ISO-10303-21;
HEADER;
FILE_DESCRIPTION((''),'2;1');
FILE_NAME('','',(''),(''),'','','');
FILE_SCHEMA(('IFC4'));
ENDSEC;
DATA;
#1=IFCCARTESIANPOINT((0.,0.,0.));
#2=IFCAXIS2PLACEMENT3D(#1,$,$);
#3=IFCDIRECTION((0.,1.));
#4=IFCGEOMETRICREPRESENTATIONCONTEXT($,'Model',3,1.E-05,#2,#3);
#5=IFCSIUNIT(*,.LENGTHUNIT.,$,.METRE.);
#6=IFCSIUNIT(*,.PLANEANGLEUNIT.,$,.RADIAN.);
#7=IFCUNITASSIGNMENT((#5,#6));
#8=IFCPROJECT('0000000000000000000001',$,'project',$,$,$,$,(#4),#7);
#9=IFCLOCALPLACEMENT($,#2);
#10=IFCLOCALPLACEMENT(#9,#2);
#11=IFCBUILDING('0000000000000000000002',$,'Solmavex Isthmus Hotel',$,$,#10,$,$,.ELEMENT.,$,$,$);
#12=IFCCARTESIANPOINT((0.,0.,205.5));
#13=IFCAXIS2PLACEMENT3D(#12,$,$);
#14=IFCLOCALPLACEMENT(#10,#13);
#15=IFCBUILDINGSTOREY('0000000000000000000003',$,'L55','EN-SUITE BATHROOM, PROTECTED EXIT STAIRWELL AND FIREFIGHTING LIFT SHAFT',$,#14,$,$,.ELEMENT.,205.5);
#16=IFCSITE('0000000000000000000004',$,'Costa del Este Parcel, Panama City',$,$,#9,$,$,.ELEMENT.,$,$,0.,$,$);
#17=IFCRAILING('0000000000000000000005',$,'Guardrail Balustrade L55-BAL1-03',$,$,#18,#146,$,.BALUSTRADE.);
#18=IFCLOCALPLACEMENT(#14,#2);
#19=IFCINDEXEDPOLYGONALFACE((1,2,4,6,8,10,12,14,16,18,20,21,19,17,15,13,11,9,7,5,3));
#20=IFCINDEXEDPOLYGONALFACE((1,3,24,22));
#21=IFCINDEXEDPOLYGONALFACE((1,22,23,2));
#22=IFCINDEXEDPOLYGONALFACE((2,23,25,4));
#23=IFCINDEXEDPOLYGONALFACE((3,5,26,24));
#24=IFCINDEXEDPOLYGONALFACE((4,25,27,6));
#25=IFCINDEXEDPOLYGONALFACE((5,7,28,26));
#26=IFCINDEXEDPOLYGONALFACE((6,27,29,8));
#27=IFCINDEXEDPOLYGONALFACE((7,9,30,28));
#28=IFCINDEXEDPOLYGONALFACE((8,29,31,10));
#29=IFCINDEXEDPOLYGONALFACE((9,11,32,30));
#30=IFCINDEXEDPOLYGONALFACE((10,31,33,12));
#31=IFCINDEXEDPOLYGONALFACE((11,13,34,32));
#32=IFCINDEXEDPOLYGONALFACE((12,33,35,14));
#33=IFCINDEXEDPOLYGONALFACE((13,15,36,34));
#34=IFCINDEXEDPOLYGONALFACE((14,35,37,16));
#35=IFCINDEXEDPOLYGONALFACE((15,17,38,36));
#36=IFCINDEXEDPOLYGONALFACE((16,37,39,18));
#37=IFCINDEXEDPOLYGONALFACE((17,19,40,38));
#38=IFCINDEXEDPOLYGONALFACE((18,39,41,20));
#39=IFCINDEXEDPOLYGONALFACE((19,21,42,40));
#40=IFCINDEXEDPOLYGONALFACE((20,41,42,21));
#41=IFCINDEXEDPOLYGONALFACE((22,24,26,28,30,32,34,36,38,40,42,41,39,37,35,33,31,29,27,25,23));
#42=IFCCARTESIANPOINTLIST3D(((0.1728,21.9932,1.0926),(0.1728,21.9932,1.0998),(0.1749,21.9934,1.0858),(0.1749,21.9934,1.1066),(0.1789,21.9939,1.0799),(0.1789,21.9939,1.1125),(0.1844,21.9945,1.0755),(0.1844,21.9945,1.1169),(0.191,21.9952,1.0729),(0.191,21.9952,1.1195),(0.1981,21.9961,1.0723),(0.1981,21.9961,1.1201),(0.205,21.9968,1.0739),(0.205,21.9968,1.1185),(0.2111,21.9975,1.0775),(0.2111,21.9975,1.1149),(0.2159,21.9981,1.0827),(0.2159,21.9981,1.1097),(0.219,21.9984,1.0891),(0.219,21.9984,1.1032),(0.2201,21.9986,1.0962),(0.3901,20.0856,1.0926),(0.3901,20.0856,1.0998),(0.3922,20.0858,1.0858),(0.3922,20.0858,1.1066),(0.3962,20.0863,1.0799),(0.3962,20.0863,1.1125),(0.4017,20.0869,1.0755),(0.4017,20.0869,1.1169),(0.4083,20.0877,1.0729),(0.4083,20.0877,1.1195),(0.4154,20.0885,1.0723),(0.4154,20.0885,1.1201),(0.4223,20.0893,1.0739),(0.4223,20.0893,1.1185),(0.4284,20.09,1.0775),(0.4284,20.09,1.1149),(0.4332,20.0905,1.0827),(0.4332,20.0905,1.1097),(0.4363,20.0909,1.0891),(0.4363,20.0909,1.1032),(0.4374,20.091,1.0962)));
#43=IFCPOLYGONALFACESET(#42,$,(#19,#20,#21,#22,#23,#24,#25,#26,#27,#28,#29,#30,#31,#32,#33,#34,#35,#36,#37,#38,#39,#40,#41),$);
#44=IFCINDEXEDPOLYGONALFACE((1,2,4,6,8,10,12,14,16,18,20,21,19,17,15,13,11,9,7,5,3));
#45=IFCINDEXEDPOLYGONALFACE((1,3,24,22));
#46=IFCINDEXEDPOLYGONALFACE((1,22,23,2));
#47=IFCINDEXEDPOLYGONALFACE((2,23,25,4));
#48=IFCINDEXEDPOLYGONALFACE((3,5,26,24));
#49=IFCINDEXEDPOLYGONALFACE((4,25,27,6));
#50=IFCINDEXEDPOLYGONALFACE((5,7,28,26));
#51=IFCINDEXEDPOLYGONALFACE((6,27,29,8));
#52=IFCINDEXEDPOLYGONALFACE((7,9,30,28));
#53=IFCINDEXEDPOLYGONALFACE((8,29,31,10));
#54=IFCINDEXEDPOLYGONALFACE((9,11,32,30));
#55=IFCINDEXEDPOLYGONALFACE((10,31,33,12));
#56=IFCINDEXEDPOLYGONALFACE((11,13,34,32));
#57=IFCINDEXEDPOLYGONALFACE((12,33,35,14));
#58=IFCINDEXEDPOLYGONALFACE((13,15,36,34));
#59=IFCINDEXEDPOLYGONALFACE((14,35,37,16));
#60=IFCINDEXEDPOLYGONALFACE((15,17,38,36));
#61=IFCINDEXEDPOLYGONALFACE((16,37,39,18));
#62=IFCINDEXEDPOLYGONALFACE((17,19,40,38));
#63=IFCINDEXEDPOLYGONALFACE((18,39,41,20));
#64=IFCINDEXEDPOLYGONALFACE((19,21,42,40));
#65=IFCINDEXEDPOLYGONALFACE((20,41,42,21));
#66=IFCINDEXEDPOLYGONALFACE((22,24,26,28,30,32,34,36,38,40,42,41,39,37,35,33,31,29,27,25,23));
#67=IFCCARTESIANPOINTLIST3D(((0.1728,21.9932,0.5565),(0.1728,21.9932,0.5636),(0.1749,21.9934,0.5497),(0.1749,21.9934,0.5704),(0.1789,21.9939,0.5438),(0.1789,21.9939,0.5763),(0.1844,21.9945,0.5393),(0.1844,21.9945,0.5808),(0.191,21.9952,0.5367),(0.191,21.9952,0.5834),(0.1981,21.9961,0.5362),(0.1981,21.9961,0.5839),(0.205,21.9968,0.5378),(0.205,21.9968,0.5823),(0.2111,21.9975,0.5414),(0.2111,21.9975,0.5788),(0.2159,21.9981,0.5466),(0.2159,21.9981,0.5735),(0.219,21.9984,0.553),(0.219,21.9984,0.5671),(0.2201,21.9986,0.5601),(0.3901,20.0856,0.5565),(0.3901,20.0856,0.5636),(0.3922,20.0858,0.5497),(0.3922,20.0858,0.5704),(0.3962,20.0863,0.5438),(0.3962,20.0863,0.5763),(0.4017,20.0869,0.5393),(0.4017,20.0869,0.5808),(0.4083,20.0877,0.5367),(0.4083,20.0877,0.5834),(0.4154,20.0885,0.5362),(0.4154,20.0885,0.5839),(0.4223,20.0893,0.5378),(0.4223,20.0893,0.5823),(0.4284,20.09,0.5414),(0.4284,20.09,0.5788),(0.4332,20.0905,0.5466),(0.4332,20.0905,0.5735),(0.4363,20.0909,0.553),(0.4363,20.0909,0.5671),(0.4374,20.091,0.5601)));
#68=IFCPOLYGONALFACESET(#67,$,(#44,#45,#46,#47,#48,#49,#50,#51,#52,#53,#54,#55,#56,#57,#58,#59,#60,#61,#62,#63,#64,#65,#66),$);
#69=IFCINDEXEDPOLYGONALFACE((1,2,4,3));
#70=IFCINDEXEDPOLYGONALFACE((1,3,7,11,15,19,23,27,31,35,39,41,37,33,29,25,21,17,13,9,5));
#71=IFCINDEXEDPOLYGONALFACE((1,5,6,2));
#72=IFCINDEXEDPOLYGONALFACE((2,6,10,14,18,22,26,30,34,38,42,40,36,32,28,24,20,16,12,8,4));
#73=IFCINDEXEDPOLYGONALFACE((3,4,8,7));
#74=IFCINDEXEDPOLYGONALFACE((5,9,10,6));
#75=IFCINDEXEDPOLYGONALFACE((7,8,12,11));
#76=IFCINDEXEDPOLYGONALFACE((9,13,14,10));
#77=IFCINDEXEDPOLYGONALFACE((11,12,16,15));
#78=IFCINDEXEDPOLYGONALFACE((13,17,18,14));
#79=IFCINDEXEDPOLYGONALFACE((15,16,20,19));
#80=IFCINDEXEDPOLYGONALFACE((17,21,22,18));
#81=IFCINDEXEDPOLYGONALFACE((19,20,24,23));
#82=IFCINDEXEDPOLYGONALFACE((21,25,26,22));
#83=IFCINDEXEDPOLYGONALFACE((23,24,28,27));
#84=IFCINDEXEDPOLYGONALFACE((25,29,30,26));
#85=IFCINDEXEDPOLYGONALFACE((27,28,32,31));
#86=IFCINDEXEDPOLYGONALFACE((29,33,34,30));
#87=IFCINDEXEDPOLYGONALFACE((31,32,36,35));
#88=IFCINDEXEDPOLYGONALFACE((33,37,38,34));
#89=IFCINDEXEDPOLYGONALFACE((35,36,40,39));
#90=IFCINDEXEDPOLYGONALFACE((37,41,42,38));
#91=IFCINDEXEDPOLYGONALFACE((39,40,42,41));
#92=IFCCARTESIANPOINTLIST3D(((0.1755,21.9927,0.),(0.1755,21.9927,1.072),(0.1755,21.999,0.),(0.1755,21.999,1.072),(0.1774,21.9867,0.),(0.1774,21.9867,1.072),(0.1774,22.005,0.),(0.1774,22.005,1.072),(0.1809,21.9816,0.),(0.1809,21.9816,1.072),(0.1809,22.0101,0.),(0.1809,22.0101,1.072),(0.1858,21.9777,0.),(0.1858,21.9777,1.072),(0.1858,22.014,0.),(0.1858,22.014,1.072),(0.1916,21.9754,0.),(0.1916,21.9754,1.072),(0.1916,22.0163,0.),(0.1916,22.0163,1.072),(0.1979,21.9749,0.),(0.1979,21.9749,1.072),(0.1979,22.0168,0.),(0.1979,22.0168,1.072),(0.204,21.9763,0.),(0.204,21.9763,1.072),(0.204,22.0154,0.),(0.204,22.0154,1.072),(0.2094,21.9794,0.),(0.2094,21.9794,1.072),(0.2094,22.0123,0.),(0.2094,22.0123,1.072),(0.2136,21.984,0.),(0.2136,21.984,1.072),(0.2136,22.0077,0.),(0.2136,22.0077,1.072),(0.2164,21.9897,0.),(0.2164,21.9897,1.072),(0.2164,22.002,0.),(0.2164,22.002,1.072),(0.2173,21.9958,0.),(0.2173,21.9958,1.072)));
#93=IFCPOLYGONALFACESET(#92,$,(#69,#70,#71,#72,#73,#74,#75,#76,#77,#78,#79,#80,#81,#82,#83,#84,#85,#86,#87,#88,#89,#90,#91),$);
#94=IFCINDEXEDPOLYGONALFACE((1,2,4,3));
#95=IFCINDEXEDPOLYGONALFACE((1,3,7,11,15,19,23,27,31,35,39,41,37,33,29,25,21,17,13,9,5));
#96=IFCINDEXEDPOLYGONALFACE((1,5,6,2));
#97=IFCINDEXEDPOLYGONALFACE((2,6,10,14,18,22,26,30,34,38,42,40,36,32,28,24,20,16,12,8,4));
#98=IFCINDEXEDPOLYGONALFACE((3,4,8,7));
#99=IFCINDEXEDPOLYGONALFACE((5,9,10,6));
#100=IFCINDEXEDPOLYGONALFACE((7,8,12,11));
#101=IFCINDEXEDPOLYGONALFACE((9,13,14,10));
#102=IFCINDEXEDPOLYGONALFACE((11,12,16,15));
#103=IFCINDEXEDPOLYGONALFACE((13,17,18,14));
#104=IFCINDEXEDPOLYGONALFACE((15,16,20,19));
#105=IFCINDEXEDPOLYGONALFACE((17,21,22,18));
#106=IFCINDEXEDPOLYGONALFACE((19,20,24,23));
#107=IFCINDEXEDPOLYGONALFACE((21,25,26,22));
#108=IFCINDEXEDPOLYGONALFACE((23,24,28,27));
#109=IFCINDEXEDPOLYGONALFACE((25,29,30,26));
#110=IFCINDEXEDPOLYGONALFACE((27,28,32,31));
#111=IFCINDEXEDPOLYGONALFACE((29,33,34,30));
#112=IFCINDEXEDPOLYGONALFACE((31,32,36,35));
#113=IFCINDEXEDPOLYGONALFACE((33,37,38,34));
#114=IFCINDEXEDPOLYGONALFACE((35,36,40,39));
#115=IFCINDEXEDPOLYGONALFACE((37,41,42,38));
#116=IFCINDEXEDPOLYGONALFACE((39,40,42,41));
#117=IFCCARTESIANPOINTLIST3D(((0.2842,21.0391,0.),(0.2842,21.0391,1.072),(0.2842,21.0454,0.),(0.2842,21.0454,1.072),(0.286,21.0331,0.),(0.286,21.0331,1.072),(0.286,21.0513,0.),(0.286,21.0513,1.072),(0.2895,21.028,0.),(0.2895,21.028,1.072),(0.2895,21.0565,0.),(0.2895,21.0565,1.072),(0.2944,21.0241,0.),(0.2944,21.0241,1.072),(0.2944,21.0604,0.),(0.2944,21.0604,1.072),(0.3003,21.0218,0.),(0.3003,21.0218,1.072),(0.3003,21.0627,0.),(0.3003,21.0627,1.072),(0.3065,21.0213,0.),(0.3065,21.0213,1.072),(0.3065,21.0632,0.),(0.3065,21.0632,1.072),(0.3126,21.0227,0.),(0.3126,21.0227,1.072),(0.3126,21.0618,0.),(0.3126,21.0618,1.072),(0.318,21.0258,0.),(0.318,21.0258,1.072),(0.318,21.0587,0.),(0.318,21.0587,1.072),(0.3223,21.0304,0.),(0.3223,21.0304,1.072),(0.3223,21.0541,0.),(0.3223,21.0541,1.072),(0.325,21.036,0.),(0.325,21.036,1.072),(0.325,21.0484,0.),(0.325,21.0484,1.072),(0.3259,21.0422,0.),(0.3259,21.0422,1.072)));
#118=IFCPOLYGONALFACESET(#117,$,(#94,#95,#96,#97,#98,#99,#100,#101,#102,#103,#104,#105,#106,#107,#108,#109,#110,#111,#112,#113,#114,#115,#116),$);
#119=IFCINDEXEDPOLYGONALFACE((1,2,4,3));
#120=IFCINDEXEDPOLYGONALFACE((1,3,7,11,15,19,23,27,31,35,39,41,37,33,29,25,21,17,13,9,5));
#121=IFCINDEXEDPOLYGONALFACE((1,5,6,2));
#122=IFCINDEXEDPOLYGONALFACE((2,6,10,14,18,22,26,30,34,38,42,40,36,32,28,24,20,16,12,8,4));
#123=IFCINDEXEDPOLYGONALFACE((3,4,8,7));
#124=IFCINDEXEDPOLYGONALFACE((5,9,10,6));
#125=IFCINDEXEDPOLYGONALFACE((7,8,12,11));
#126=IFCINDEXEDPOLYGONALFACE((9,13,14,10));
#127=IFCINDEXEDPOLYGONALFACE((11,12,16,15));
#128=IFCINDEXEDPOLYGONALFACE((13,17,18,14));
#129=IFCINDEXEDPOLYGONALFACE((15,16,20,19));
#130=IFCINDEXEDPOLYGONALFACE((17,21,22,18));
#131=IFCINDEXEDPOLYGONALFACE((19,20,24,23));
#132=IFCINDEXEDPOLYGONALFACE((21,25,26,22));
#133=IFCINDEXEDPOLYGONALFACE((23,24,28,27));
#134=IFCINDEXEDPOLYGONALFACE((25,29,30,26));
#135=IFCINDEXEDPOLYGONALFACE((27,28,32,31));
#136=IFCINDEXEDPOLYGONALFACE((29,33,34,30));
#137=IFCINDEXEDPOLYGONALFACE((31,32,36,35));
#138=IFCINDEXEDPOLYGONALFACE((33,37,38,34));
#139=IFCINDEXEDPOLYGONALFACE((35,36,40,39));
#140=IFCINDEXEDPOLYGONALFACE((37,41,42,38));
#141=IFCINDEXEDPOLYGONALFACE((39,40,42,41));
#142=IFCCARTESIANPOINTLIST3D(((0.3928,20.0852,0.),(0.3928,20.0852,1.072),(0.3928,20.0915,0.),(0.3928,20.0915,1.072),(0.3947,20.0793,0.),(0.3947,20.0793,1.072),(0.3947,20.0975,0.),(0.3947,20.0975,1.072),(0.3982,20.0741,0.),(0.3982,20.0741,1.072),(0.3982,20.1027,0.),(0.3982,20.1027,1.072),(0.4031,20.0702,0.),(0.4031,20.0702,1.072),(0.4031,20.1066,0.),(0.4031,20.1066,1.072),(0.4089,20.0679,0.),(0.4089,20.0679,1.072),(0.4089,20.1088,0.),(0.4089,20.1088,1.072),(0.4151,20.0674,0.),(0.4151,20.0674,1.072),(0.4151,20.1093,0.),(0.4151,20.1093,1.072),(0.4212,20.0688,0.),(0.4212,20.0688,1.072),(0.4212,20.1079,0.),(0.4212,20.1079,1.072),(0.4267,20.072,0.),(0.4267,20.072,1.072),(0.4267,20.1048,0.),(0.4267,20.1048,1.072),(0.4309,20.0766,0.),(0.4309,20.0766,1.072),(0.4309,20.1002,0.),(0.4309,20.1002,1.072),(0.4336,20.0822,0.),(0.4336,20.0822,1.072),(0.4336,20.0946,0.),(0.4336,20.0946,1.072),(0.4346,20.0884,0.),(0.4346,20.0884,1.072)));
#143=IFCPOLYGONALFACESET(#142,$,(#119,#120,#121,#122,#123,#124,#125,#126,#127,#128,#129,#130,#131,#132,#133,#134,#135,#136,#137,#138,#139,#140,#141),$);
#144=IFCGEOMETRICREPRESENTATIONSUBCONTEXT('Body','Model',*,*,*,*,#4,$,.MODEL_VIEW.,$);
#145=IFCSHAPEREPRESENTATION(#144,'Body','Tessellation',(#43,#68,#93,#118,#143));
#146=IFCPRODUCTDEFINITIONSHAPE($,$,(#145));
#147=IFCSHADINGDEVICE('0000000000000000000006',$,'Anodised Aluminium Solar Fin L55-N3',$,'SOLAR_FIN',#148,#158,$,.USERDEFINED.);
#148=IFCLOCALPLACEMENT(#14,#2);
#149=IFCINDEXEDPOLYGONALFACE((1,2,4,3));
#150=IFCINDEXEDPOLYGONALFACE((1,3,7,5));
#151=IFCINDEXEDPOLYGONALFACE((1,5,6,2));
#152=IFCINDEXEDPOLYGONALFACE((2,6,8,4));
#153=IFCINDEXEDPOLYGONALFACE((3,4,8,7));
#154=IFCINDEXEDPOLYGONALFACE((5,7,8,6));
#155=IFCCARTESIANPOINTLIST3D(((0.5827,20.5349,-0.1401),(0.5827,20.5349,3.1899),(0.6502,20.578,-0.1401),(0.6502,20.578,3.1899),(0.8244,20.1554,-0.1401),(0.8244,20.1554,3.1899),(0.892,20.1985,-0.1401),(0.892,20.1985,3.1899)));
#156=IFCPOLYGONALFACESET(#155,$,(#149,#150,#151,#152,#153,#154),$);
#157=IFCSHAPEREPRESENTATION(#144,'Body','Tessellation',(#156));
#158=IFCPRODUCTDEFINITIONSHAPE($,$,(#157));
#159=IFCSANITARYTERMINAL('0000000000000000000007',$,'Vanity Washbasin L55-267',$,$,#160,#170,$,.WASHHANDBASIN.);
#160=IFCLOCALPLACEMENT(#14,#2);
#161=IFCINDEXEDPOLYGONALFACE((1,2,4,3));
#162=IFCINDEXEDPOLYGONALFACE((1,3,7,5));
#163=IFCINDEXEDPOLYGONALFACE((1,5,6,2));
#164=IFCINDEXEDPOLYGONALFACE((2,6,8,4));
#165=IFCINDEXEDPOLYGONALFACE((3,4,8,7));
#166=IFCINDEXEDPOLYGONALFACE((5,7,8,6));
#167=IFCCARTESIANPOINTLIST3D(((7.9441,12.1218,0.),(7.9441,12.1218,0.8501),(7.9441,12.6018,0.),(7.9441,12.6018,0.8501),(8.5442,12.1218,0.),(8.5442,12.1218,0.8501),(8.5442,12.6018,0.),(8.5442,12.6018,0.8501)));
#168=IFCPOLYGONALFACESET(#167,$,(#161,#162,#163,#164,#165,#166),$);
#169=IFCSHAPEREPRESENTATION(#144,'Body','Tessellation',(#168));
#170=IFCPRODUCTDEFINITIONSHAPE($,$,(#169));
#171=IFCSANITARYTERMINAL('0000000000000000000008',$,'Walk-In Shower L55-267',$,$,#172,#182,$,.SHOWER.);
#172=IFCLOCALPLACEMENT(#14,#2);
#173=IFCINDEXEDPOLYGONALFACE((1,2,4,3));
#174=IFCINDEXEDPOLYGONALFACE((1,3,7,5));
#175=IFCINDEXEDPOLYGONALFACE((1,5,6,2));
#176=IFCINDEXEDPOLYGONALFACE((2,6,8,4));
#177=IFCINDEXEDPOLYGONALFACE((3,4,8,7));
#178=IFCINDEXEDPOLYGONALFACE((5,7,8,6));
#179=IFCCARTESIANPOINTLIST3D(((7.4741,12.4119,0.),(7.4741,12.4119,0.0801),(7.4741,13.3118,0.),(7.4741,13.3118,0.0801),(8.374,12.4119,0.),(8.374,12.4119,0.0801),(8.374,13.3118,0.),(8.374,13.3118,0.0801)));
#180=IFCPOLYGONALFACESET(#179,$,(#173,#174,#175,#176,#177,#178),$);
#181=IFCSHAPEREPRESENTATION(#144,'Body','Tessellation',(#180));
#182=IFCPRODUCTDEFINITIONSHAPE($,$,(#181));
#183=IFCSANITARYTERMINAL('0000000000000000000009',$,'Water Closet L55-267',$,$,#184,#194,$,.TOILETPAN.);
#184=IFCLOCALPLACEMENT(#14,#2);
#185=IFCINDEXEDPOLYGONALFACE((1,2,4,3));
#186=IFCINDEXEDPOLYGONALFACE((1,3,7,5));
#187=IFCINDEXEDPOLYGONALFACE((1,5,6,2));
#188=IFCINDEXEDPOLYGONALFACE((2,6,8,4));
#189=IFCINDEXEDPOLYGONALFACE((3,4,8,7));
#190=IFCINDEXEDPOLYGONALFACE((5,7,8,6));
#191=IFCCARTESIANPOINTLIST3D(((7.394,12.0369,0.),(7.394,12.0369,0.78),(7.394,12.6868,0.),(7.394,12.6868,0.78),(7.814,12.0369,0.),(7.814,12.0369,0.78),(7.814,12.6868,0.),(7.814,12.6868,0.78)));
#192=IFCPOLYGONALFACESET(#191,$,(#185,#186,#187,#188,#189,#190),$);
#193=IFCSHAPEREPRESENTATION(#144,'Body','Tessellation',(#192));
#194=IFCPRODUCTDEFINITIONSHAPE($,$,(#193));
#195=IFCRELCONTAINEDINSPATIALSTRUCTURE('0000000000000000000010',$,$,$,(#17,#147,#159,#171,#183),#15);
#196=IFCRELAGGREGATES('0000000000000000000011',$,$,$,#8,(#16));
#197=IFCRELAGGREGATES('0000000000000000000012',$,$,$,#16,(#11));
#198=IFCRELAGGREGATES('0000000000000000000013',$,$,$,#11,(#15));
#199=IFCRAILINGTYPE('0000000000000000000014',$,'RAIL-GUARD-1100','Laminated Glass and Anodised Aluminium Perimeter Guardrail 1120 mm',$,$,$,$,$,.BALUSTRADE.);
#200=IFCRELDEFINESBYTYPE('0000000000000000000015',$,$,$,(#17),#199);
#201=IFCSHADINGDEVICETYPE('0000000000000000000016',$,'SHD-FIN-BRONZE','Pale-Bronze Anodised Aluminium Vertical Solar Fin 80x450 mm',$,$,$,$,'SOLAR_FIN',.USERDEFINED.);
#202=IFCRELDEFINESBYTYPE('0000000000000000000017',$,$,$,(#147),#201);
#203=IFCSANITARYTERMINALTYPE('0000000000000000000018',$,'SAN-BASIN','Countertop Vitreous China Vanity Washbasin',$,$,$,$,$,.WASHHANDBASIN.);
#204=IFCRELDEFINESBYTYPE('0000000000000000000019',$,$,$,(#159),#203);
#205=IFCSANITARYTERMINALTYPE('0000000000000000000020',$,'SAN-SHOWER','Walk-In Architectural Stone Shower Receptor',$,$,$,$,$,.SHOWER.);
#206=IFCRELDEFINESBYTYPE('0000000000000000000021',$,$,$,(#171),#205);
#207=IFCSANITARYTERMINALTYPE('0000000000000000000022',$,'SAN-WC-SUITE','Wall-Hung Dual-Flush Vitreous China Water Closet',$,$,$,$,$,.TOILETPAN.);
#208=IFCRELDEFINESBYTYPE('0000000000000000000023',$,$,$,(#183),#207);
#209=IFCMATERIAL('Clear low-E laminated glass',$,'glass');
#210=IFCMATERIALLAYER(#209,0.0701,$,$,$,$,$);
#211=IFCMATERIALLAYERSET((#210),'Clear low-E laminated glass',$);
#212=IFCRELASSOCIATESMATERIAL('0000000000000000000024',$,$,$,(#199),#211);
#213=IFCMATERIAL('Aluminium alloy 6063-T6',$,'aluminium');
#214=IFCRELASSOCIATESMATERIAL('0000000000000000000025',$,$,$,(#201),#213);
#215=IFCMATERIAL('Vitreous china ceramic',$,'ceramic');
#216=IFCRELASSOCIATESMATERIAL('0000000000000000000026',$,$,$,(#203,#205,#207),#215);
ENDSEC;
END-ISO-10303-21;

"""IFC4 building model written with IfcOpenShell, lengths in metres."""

from ifc_helpers import new_model, si_unit, direction, frame, origin, origin_2d, place, context, subcontext, project, spatial, rectangle, circle, extrude, material, layer, layer_set, type_object, element, save


model = new_model("IFC4")

# Units and contexts
model_context = context("Model", 3, precision=1e-05, world=origin(), true_north=direction((0.0, 1.0)))
body_context = subcontext(model_context, "Body", "Model", "MODEL_VIEW")
ifc_project = project(units=[si_unit("LENGTHUNIT", "METRE"), si_unit("PLANEANGLEUNIT", "RADIAN")], contexts=[model_context])

# Site, building, storey
site_placement = place(None, origin())
site = spatial("IfcSite", under=ifc_project, at=site_placement, Name="Costa del Este Parcel, Panama City", CompositionType="ELEMENT", RefElevation=0.0)
building_placement = place(site_placement, origin())
building = spatial("IfcBuilding", under=site, at=building_placement, Name="Solmavex Isthmus Hotel", CompositionType="ELEMENT")
storey_placement = place(building_placement, frame((0.0, 0.0, 205.5)))
storey = spatial("IfcBuildingStorey", under=building, at=storey_placement, Name="L55", Description="EN-SUITE BATHROOM, PROTECTED EXIT STAIRWELL AND FIREFIGHTING LIFT SHAFT", CompositionType="ELEMENT", Elevation=205.5)

# Shared definitions
ifc_material_1 = material(Name="Aluminium alloy 6063-T6", Category="aluminium")
ifc_material_2 = material(Name="Clear low-E laminated glass", Category="glass")

# Railing
ifc_layer_1 = layer(ifc_material_2, 0.0701)
ifc_layer_set_1 = layer_set([ifc_layer_1], Name="Clear low-E laminated glass")
railing_type = type_object("IfcRailingType", Name="RAIL-GUARD-1100", Description="Laminated Glass and Anodised Aluminium Perimeter Guardrail 1120 mm", PredefinedType="BALUSTRADE", material=ifc_layer_set_1)
railing_placement = place(storey_placement, frame((0.1963, 21.9958, 0.0)))
element("IfcRailing", 1, at=railing_placement, inside=storey, type_object=railing_type, Name="Guardrail Balustrade L55-BAL1-03", PredefinedType="BALUSTRADE", context=body_context, shape_type="SweptSolid", body=[
    extrude(circle(Radius=0.0239, at=origin_2d()), frame((0.0, 0.0, 1.0962), z_axis=(0.113181, -0.993574, 0.0), x_axis=(0.993574, 0.113181, 0.0)), (0.0, 0.0, 1.0), 1.9199),
    extrude(circle(Radius=0.0239, at=origin_2d()), frame((0.0, 0.0, 0.5601), z_axis=(0.113181, -0.993574, 0.0), x_axis=(0.993574, 0.113181, 0.0)), (0.0, 0.0, 1.0), 1.9199),
    extrude(circle(Radius=0.021, at=origin_2d()), origin(), (0.0, 0.0, 1.0), 1.072),
    extrude(circle(Radius=0.021, at=origin_2d()), frame((0.1086, -0.9536, 0.0)), (0.0, 0.0, 1.0), 1.072),
    extrude(circle(Radius=0.021, at=origin_2d()), frame((0.2173, -1.9075, 0.0)), (0.0, 0.0, 1.0), 1.072),
])

# Shading device
shading_device_type = type_object("IfcShadingDeviceType", Name="SHD-FIN-BRONZE", Description="Pale-Bronze Anodised Aluminium Vertical Solar Fin 80x450 mm", ElementType="SOLAR_FIN", PredefinedType="USERDEFINED", material=ifc_material_1)
shading_device_placement = place(storey_placement, frame((0.7373, 20.3667, -0.1401), z_axis=(0.0, 0.0, 1.0), x_axis=(-0.5373, 0.843391, 0.0)))
element("IfcShadingDevice", 2, at=shading_device_placement, inside=storey, type_object=shading_device_type, Name="Anodised Aluminium Solar Fin L55-N3", ObjectType="SOLAR_FIN", PredefinedType="USERDEFINED", context=body_context, shape_type="SweptSolid", body=[
    extrude(rectangle(XDim=0.45, YDim=0.0801, at=origin_2d()), origin(), (0.0, 0.0, 1.0), 3.3301),
])

# Sanitary terminals
ifc_material_3 = material(Name="Vitreous china ceramic", Category="ceramic")
sanitary_terminal_type_1 = type_object("IfcSanitaryTerminalType", Name="SAN-BASIN", Description="Countertop Vitreous China Vanity Washbasin", PredefinedType="WASHHANDBASIN", material=ifc_material_3)
sanitary_terminal_1_placement = place(storey_placement, frame((8.2441, 12.3618, 0.0), z_axis=(0.0, 0.0, 1.0), x_axis=(1.0, 0.0, 0.0)))
element("IfcSanitaryTerminal", 3, at=sanitary_terminal_1_placement, inside=storey, type_object=sanitary_terminal_type_1, Name="Vanity Washbasin L55-267", PredefinedType="WASHHANDBASIN", context=body_context, shape_type="SweptSolid", body=[
    extrude(rectangle(XDim=0.6001, YDim=0.48, at=origin_2d()), origin(), (0.0, 0.0, 1.0), 0.8501),
])
sanitary_terminal_type_2 = type_object("IfcSanitaryTerminalType", Name="SAN-SHOWER", Description="Walk-In Architectural Stone Shower Receptor", PredefinedType="SHOWER", material=ifc_material_3)
sanitary_terminal_2_placement = place(storey_placement, frame((7.9241, 12.8618, 0.0), z_axis=(0.0, 0.0, 1.0), x_axis=(1.0, 0.0, 0.0)))
element("IfcSanitaryTerminal", 4, at=sanitary_terminal_2_placement, inside=storey, type_object=sanitary_terminal_type_2, Name="Walk-In Shower L55-267", PredefinedType="SHOWER", context=body_context, shape_type="SweptSolid", body=[
    extrude(rectangle(XDim=0.8999, YDim=0.8999, at=origin_2d()), origin(), (0.0, 0.0, 1.0), 0.0801),
])
sanitary_terminal_type_3 = type_object("IfcSanitaryTerminalType", Name="SAN-WC-SUITE", Description="Wall-Hung Dual-Flush Vitreous China Water Closet", PredefinedType="TOILETPAN", material=ifc_material_3)
sanitary_terminal_3_placement = place(storey_placement, frame((7.604, 12.3618, 0.0), z_axis=(0.0, 0.0, 1.0), x_axis=(1.0, 0.0, 0.0)))
element("IfcSanitaryTerminal", 5, at=sanitary_terminal_3_placement, inside=storey, type_object=sanitary_terminal_type_3, Name="Water Closet L55-267", PredefinedType="TOILETPAN", context=body_context, shape_type="SweptSolid", body=[
    extrude(rectangle(XDim=0.4199, YDim=0.6499, at=origin_2d()), origin(), (0.0, 0.0, 1.0), 0.78),
])

save(model, "model.ifc")
